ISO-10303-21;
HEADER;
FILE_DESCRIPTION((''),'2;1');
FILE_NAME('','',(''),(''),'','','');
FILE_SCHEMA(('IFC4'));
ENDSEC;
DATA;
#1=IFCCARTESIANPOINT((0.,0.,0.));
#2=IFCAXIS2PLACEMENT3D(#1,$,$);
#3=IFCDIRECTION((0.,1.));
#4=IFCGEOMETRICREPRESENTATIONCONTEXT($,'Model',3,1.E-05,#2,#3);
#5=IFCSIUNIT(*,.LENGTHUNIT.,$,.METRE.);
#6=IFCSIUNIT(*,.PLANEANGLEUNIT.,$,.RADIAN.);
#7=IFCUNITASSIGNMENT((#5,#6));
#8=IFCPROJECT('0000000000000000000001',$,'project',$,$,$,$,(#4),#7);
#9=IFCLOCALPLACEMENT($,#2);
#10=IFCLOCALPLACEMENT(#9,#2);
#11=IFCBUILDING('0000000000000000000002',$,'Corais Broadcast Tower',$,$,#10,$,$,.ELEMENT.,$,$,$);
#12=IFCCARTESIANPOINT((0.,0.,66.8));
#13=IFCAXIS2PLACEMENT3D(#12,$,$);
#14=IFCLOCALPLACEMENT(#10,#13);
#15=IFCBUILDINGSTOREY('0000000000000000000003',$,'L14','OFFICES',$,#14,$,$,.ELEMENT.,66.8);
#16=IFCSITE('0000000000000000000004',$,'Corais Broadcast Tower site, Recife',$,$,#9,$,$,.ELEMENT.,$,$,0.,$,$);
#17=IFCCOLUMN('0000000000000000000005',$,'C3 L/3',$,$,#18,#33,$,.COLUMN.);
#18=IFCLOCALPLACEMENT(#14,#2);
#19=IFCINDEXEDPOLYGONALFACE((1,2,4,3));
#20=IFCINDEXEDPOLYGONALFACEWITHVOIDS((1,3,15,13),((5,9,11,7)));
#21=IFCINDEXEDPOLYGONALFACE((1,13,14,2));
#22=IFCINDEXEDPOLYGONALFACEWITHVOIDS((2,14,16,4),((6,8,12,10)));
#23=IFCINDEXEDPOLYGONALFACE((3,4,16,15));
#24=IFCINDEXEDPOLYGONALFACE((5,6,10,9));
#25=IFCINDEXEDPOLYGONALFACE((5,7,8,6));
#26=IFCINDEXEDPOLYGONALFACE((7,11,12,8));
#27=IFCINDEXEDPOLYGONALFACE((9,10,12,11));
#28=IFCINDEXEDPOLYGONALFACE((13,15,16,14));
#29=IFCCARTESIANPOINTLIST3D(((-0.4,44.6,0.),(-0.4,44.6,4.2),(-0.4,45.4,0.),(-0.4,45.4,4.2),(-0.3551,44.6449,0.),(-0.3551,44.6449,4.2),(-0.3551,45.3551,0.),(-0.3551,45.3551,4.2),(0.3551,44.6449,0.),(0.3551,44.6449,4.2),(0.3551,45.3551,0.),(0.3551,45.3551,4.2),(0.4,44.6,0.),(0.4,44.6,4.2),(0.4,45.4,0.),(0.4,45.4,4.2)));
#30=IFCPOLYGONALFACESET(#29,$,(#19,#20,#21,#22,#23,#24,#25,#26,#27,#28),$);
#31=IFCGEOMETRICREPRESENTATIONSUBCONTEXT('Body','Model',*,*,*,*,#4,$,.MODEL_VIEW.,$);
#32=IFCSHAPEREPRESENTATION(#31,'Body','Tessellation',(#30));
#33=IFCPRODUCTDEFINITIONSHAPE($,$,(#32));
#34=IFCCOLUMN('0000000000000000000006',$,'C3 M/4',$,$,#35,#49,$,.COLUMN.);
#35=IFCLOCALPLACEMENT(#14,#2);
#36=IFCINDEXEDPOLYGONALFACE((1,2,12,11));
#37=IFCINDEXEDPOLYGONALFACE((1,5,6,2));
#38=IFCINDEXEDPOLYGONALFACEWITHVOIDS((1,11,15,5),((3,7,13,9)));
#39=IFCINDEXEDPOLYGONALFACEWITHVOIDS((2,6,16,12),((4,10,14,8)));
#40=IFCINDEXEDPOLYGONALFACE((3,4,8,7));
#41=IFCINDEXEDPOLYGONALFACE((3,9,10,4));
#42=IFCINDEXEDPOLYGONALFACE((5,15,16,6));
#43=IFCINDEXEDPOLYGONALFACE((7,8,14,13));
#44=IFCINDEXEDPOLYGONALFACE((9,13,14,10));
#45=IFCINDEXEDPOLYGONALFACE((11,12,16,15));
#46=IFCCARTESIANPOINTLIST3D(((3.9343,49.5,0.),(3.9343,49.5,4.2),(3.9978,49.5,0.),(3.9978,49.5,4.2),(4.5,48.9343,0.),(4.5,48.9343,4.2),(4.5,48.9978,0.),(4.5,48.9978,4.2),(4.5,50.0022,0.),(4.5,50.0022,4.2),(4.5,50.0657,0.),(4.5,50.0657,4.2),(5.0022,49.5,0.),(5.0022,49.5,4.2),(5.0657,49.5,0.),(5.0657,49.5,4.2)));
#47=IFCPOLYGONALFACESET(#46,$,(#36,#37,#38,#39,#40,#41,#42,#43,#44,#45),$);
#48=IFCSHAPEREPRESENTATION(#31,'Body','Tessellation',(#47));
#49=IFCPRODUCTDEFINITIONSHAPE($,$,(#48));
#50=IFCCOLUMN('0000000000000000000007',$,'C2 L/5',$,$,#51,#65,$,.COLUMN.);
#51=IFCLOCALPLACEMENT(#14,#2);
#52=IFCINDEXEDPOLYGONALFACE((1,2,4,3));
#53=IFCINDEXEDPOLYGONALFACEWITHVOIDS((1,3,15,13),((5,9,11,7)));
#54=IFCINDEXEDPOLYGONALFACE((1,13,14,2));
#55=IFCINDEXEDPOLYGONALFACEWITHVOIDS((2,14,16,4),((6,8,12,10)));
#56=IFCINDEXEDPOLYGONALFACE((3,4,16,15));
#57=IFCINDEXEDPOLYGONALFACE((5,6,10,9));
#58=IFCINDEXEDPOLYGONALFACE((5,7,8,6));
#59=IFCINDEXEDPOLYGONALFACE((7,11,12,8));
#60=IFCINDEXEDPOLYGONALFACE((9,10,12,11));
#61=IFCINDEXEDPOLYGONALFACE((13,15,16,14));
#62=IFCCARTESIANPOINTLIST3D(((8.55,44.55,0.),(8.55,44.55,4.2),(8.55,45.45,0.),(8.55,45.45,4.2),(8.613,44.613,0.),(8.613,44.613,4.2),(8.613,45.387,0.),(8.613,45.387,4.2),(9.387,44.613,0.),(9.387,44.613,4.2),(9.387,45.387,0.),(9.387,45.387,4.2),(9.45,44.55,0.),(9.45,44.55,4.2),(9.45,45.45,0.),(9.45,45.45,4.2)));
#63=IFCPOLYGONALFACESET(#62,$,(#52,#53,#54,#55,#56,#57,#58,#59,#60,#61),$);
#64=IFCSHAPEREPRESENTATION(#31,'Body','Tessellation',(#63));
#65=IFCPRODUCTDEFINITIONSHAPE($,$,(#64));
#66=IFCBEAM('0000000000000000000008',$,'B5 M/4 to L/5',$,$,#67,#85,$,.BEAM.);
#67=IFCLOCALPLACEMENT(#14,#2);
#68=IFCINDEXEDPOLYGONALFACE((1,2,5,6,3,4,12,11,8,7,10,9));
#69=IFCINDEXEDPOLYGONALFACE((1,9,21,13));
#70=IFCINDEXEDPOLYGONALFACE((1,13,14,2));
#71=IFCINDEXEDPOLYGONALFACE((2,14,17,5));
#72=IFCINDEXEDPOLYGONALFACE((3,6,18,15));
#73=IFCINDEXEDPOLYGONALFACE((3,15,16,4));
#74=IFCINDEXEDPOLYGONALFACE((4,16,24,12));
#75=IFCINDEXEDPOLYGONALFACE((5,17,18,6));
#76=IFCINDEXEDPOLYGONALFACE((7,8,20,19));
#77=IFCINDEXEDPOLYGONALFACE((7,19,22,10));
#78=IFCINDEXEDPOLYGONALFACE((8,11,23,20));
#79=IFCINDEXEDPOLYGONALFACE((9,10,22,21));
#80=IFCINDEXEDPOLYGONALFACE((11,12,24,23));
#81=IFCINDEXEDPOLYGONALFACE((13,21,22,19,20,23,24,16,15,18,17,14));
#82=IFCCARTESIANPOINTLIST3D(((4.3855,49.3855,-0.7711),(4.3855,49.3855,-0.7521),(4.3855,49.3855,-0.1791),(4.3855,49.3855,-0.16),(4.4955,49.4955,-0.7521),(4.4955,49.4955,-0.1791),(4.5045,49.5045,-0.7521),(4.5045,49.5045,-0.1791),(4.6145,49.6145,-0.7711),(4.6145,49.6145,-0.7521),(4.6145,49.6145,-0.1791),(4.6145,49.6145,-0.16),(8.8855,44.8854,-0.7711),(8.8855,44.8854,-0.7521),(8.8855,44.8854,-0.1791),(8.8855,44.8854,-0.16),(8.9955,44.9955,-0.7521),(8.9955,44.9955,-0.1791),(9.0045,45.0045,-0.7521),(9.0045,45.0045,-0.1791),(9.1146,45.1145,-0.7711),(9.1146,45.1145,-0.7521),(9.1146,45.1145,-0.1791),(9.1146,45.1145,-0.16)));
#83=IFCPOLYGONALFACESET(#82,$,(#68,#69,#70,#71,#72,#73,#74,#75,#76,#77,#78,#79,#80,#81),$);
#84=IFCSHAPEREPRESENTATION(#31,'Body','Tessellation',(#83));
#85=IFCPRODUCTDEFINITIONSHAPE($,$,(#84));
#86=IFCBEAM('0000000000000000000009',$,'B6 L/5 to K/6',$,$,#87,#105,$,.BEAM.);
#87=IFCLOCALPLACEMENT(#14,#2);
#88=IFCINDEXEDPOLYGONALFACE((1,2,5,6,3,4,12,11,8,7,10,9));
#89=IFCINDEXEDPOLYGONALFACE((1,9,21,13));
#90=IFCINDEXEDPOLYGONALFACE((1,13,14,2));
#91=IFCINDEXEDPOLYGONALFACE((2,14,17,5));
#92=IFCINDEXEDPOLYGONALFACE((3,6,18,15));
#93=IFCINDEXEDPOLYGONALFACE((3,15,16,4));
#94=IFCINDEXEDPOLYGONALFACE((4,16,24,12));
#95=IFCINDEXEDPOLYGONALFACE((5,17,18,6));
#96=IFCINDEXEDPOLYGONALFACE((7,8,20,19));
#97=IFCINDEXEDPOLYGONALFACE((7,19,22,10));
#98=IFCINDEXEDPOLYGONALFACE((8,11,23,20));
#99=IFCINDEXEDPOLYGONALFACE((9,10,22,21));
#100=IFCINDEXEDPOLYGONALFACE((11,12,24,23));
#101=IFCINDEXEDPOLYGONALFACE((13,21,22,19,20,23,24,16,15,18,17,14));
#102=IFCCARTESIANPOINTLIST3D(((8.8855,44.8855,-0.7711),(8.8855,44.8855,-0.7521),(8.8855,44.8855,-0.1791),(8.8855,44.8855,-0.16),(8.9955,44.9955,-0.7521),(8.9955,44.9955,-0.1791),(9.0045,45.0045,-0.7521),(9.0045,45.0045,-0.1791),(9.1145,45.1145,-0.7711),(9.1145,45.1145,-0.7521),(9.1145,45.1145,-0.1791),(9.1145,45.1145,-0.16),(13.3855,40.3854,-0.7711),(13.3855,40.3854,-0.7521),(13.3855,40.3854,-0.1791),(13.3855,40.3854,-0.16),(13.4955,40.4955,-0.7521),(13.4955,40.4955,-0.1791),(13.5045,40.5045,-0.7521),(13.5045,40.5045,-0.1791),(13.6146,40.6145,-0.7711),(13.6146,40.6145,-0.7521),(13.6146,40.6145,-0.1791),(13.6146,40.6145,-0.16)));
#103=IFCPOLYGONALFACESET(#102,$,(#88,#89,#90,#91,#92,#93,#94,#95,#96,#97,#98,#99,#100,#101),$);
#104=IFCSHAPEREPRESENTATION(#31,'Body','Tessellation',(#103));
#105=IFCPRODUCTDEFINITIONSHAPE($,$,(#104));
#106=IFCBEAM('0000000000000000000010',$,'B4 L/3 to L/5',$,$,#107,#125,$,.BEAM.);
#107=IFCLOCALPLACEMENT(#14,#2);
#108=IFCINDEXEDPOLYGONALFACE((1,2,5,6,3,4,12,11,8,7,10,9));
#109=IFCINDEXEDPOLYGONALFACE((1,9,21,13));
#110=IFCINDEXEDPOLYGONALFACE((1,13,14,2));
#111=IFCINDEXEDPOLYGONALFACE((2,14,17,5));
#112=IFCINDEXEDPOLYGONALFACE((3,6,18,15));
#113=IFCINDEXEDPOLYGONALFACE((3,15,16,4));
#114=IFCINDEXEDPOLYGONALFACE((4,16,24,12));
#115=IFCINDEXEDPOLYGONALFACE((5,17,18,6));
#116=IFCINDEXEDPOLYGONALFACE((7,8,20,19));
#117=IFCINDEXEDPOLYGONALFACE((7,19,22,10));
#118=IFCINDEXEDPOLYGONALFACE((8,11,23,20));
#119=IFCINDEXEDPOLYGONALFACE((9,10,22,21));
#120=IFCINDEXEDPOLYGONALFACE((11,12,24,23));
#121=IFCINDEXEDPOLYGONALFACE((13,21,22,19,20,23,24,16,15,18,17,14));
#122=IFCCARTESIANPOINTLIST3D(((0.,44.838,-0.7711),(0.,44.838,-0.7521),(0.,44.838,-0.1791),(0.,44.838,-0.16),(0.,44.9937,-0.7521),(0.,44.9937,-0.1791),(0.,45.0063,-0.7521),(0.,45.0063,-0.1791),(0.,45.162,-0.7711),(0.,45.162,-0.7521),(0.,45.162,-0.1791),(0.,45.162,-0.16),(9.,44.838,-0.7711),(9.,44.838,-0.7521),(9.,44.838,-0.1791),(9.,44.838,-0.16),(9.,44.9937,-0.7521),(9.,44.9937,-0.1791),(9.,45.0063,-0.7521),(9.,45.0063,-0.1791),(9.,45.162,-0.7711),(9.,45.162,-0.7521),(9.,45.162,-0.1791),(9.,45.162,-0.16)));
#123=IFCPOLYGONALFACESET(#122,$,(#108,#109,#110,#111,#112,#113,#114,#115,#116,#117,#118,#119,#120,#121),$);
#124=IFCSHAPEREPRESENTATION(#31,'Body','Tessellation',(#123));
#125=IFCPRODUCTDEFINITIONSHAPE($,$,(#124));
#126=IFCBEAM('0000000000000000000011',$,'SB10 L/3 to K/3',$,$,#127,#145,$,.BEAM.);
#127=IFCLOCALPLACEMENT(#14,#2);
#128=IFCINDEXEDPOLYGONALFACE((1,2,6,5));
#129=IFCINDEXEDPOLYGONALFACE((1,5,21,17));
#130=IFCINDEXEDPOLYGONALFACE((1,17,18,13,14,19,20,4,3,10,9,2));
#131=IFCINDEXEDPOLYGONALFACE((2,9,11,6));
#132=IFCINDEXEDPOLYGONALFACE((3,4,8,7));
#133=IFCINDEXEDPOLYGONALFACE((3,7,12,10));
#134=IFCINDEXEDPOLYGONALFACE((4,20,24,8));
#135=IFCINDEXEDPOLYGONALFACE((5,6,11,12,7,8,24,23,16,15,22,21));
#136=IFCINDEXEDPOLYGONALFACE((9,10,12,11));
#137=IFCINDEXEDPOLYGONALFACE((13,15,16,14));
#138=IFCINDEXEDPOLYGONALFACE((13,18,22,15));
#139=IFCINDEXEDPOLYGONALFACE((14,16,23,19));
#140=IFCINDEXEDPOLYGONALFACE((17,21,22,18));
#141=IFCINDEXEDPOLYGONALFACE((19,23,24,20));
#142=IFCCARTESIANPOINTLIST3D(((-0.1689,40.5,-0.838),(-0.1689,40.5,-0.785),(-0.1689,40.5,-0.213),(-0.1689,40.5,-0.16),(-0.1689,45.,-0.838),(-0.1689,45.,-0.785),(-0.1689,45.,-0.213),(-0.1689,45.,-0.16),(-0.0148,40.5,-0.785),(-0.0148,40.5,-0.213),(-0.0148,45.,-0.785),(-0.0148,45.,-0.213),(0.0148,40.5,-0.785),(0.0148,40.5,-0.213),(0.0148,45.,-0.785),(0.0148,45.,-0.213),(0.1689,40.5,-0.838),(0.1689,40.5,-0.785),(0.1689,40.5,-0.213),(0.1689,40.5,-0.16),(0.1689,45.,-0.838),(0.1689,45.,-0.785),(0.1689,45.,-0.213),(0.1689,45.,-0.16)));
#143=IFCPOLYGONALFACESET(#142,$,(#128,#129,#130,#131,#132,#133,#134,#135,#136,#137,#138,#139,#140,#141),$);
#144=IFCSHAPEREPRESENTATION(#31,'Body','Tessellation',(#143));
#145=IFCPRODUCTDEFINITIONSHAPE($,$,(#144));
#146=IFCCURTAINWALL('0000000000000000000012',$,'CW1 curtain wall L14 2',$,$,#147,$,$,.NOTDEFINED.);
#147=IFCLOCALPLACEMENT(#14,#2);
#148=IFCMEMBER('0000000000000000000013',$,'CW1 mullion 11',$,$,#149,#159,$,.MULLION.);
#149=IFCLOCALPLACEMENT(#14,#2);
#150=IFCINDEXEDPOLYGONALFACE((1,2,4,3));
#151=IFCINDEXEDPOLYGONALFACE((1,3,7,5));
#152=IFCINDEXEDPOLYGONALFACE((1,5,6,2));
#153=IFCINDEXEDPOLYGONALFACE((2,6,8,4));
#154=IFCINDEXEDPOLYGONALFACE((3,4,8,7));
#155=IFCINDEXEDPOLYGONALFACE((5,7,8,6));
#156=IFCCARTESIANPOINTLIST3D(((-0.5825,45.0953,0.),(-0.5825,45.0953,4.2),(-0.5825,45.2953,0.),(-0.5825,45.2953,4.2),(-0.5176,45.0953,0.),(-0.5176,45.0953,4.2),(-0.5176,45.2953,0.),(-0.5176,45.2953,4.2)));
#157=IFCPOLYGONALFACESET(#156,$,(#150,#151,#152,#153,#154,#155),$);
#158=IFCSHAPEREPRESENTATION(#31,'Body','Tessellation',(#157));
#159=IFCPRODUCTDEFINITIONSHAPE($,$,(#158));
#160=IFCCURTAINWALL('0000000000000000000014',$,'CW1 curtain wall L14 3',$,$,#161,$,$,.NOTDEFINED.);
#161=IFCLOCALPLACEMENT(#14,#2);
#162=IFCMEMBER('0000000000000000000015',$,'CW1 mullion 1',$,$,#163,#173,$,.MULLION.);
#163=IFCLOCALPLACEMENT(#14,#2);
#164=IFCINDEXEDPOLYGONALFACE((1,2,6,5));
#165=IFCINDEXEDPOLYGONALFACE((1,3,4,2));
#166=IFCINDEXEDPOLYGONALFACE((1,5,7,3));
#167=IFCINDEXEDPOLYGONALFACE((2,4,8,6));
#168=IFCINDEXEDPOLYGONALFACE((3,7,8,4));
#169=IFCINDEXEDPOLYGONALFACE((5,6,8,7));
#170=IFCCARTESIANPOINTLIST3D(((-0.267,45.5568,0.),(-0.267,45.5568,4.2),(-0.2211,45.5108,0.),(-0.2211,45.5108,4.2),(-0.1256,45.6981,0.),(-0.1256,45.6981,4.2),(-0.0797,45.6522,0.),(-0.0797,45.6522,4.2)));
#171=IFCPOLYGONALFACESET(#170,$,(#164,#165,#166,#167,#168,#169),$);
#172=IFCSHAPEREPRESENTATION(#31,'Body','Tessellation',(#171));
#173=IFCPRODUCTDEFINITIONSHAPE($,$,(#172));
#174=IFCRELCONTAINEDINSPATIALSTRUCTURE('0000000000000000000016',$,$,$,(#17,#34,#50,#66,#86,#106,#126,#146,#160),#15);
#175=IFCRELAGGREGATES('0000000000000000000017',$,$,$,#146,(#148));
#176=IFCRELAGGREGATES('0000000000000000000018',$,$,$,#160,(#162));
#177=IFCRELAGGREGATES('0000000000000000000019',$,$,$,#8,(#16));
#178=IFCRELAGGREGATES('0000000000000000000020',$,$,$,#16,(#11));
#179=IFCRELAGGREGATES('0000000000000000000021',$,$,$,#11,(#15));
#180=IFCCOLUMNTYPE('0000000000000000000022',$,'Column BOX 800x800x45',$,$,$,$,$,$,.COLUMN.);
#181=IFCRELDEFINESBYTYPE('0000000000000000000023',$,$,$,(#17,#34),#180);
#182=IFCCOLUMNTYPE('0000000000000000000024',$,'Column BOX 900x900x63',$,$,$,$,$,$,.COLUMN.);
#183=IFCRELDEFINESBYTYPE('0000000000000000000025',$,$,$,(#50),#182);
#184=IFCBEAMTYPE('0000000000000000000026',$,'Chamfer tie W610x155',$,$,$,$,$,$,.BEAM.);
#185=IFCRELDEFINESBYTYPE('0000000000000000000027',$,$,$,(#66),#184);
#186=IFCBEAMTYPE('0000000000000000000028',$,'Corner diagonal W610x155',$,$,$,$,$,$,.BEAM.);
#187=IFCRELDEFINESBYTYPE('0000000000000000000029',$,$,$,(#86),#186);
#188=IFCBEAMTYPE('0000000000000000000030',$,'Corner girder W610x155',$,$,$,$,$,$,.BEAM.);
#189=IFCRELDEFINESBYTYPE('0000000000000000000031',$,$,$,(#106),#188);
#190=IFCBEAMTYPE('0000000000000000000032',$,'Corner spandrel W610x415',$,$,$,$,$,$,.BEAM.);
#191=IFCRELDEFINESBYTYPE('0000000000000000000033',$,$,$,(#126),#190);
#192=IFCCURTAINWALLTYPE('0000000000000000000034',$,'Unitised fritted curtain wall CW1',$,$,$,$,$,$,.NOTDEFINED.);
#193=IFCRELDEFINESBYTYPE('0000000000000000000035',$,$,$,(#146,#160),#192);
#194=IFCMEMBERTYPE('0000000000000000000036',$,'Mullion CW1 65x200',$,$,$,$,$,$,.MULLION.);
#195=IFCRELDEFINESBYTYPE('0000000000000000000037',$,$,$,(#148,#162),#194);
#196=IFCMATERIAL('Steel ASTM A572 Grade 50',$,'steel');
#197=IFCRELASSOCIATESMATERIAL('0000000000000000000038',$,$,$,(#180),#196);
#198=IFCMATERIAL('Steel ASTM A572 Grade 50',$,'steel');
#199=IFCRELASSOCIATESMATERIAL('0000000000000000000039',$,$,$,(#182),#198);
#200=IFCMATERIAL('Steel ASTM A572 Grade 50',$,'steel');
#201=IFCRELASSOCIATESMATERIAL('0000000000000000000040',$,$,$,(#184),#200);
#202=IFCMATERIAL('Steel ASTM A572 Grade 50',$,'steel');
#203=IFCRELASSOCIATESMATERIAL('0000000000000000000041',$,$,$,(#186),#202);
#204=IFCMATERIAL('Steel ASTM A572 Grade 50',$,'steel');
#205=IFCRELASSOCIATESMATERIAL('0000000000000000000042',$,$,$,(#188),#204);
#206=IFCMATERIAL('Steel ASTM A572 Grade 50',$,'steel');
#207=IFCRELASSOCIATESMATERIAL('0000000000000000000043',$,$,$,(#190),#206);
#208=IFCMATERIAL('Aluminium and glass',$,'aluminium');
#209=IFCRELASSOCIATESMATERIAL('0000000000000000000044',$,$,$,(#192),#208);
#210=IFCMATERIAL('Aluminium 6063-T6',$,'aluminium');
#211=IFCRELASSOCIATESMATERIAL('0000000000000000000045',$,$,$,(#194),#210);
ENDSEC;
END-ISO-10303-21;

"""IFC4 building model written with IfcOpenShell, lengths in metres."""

from ifc_helpers import new_model, si_unit, direction, frame, origin, origin_2d, place, context, subcontext, project, spatial, rectangle, hollow_rectangle, i_section, extrude, material, material_profile, profile_set, type_object, element, aggregate, save


model = new_model("IFC4")

# Units and contexts
model_context = context("Model", 3, precision=1e-05, world=origin(), true_north=direction((0.0, 1.0)))
body_context = subcontext(model_context, "Body", "Model", "MODEL_VIEW")
ifc_project = project(units=[si_unit("LENGTHUNIT", "METRE"), si_unit("PLANEANGLEUNIT", "RADIAN")], contexts=[model_context])

# Site, building, storey
site_placement = place(None, origin())
site = spatial("IfcSite", under=ifc_project, at=site_placement, Name="Corais Broadcast Tower site, Recife", CompositionType="ELEMENT", RefElevation=0.0)
building_placement = place(site_placement, origin())
building = spatial("IfcBuilding", under=site, at=building_placement, Name="Corais Broadcast Tower", CompositionType="ELEMENT")
storey_placement = place(building_placement, frame((0.0, 0.0, 66.8)))
storey = spatial("IfcBuildingStorey", under=building, at=storey_placement, Name="L14", Description="OFFICES", CompositionType="ELEMENT", Elevation=66.8)

# Columns
ifc_material_1 = material(Name="Steel ASTM A572 Grade 50", Category="steel")
ifc_material_profile_1 = material_profile(ifc_material_1, hollow_rectangle(XDim=0.8, YDim=0.8, WallThickness=0.0449, at=origin_2d()), Name="BOX 800x800x45")
ifc_profile_set_1 = profile_set([ifc_material_profile_1], Name="Steel ASTM A572 Grade 50")
column_type_1 = type_object("IfcColumnType", Name="Column BOX 800x800x45", PredefinedType="COLUMN", material=ifc_profile_set_1)
for number, where, z_axis, x_axis, name in (
    (1, (0.0, 45.0, 0.0), (0.0, 0.0, 1.0), (1.0, 0.0, 0.0), "C3 L/3"),
    (2, (4.5, 49.5, 0.0), (0.0, 0.0, 1.0), (0.707107, 0.707107, 0.0), "C3 M/4"),
):
    element("IfcColumn", number, at=place(storey_placement, frame(where, z_axis=z_axis, x_axis=x_axis)), inside=storey, type_object=column_type_1, Name=name, PredefinedType="COLUMN", context=body_context, shape_type="SweptSolid", body=[
        extrude(hollow_rectangle(XDim=0.8, YDim=0.8, WallThickness=0.0449, at=origin_2d()), origin(), (0.0, 0.0, 1.0), 4.2),
    ])
ifc_material_2 = material(Name="Steel ASTM A572 Grade 50", Category="steel")
ifc_material_profile_2 = material_profile(ifc_material_2, hollow_rectangle(XDim=0.8999, YDim=0.8999, WallThickness=0.063, at=origin_2d()), Name="BOX 900x900x63")
ifc_profile_set_2 = profile_set([ifc_material_profile_2], Name="Steel ASTM A572 Grade 50")
column_type_2 = type_object("IfcColumnType", Name="Column BOX 900x900x63", PredefinedType="COLUMN", material=ifc_profile_set_2)
column_placement = place(storey_placement, frame((9.0, 45.0, 0.0), z_axis=(0.0, 0.0, 1.0), x_axis=(1.0, 0.0, 0.0)))
element("IfcColumn", 3, at=column_placement, inside=storey, type_object=column_type_2, Name="C2 L/5", PredefinedType="COLUMN", context=body_context, shape_type="SweptSolid", body=[
    extrude(hollow_rectangle(XDim=0.8999, YDim=0.8999, WallThickness=0.063, at=origin_2d()), origin(), (0.0, 0.0, 1.0), 4.2),
])

# Beams
ifc_material_3 = material(Name="Steel ASTM A572 Grade 50", Category="steel")
ifc_material_profile_3 = material_profile(ifc_material_3, i_section(OverallWidth=0.324, OverallDepth=0.6111, WebThickness=0.0127, FlangeThickness=0.019, at=origin_2d()), Name="W610x155")
ifc_profile_set_3 = profile_set([ifc_material_profile_3], Name="Steel ASTM A572 Grade 50")
beam_type_1 = type_object("IfcBeamType", Name="Chamfer tie W610x155", PredefinedType="BEAM", material=ifc_profile_set_3)
beam_1_placement = place(storey_placement, frame((4.5, 49.5, -0.4656), z_axis=(0.707107, -0.707107, 0.0), x_axis=(0.707107, 0.707107, 0.0)))
element("IfcBeam", 4, at=beam_1_placement, inside=storey, type_object=beam_type_1, Name="B5 M/4 to L/5", PredefinedType="BEAM", context=body_context, shape_type="SweptSolid", body=[
    extrude(i_section(OverallWidth=0.324, OverallDepth=0.6111, WebThickness=0.0127, FlangeThickness=0.019, at=origin_2d()), origin(), (0.0, 0.0, 1.0), 6.364),
])
ifc_material_4 = material(Name="Steel ASTM A572 Grade 50", Category="steel")
ifc_material_profile_4 = material_profile(ifc_material_4, i_section(OverallWidth=0.324, OverallDepth=0.6111, WebThickness=0.0127, FlangeThickness=0.019, at=origin_2d()), Name="W610x155")
ifc_profile_set_4 = profile_set([ifc_material_profile_4], Name="Steel ASTM A572 Grade 50")
beam_type_2 = type_object("IfcBeamType", Name="Corner diagonal W610x155", PredefinedType="BEAM", material=ifc_profile_set_4)
beam_2_placement = place(storey_placement, frame((9.0, 45.0, -0.4656), z_axis=(0.707107, -0.707107, 0.0), x_axis=(0.707107, 0.707107, 0.0)))
element("IfcBeam", 5, at=beam_2_placement, inside=storey, type_object=beam_type_2, Name="B6 L/5 to K/6", PredefinedType="BEAM", context=body_context, shape_type="SweptSolid", body=[
    extrude(i_section(OverallWidth=0.324, OverallDepth=0.6111, WebThickness=0.0127, FlangeThickness=0.019, at=origin_2d()), origin(), (0.0, 0.0, 1.0), 6.364),
])
ifc_material_5 = material(Name="Steel ASTM A572 Grade 50", Category="steel")
ifc_material_profile_5 = material_profile(ifc_material_5, i_section(OverallWidth=0.324, OverallDepth=0.6111, WebThickness=0.0127, FlangeThickness=0.019, at=origin_2d()), Name="W610x155")
ifc_profile_set_5 = profile_set([ifc_material_profile_5], Name="Steel ASTM A572 Grade 50")
beam_type_3 = type_object("IfcBeamType", Name="Corner girder W610x155", PredefinedType="BEAM", material=ifc_profile_set_5)
beam_3_placement = place(storey_placement, frame((0.0, 45.0, -0.4656), z_axis=(1.0, 0.0, 0.0), x_axis=(0.0, 1.0, 0.0)))
element("IfcBeam", 6, at=beam_3_placement, inside=storey, type_object=beam_type_3, Name="B4 L/3 to L/5", PredefinedType="BEAM", context=body_context, shape_type="SweptSolid", body=[
    extrude(i_section(OverallWidth=0.324, OverallDepth=0.6111, WebThickness=0.0127, FlangeThickness=0.019, at=origin_2d()), origin(), (0.0, 0.0, 1.0), 9.0),
])
ifc_material_6 = material(Name="Steel ASTM A572 Grade 50", Category="steel")
ifc_material_profile_6 = material_profile(ifc_material_6, i_section(OverallWidth=0.3379, OverallDepth=0.678, WebThickness=0.0295, FlangeThickness=0.053, at=origin_2d()), Name="W610x415")
ifc_profile_set_6 = profile_set([ifc_material_profile_6], Name="Steel ASTM A572 Grade 50")
beam_type_4 = type_object("IfcBeamType", Name="Corner spandrel W610x415", PredefinedType="BEAM", material=ifc_profile_set_6)
beam_4_placement = place(storey_placement, frame((0.0, 45.0, -0.499), z_axis=(0.0, -1.0, 0.0), x_axis=(1.0, 0.0, 0.0)))
element("IfcBeam", 7, at=beam_4_placement, inside=storey, type_object=beam_type_4, Name="SB10 L/3 to K/3", PredefinedType="BEAM", context=body_context, shape_type="SweptSolid", body=[
    extrude(i_section(OverallWidth=0.3379, OverallDepth=0.678, WebThickness=0.0295, FlangeThickness=0.053, at=origin_2d()), origin(), (0.0, 0.0, 1.0), 4.5),
])

# Curtain wall, member
ifc_material_7 = material(Name="Aluminium and glass", Category="aluminium")
curtain_wall_type = type_object("IfcCurtainWallType", Name="Unitised fritted curtain wall CW1", PredefinedType="NOTDEFINED", material=ifc_material_7)
curtain_wall_1_placement = place(storey_placement, origin())
curtain_wall_1 = element("IfcCurtainWall", 8, at=curtain_wall_1_placement, inside=storey, type_object=curtain_wall_type, Name="CW1 curtain wall L14 2", PredefinedType="NOTDEFINED")
ifc_material_8 = material(Name="Aluminium 6063-T6", Category="aluminium")
ifc_material_profile_7 = material_profile(ifc_material_8, rectangle(XDim=0.0649, YDim=0.2, at=origin_2d()), Name="Mullion CW1 65x200")
ifc_profile_set_7 = profile_set([ifc_material_profile_7], Name="Aluminium 6063-T6")
member_type_1 = type_object("IfcMemberType", Name="Mullion CW1 65x200", PredefinedType="MULLION", material=ifc_profile_set_7)
member_1_placement = place(storey_placement, frame((-0.55, 45.1953, 0.0), z_axis=(0.0, 0.0, 1.0), x_axis=(-1.0, 0.0, 0.0)))
member_1 = element("IfcMember", 9, at=member_1_placement, type_object=member_type_1, Name="CW1 mullion 11", PredefinedType="MULLION", context=body_context, shape_type="SweptSolid", body=[
    extrude(rectangle(XDim=0.0649, YDim=0.2, at=origin_2d()), origin(), (0.0, 0.0, 1.0), 4.2),
])
aggregate(curtain_wall_1, [member_1])

# Curtain wall, member
curtain_wall_2_placement = place(storey_placement, origin())
curtain_wall_2 = element("IfcCurtainWall", 10, at=curtain_wall_2_placement, inside=storey, type_object=curtain_wall_type, Name="CW1 curtain wall L14 3", PredefinedType="NOTDEFINED")
member_2_placement = place(storey_placement, frame((-0.1733, 45.6045, 0.0), z_axis=(0.0, 0.0, 1.0), x_axis=(-0.707107, 0.707107, 0.0)))
member_2 = element("IfcMember", 11, at=member_2_placement, type_object=member_type_1, Name="CW1 mullion 1", PredefinedType="MULLION", context=body_context, shape_type="SweptSolid", body=[
    extrude(rectangle(XDim=0.0649, YDim=0.2, at=origin_2d()), origin(), (0.0, 0.0, 1.0), 4.2),
])

aggregate(curtain_wall_2, [member_2])

save(model, "model.ifc")
